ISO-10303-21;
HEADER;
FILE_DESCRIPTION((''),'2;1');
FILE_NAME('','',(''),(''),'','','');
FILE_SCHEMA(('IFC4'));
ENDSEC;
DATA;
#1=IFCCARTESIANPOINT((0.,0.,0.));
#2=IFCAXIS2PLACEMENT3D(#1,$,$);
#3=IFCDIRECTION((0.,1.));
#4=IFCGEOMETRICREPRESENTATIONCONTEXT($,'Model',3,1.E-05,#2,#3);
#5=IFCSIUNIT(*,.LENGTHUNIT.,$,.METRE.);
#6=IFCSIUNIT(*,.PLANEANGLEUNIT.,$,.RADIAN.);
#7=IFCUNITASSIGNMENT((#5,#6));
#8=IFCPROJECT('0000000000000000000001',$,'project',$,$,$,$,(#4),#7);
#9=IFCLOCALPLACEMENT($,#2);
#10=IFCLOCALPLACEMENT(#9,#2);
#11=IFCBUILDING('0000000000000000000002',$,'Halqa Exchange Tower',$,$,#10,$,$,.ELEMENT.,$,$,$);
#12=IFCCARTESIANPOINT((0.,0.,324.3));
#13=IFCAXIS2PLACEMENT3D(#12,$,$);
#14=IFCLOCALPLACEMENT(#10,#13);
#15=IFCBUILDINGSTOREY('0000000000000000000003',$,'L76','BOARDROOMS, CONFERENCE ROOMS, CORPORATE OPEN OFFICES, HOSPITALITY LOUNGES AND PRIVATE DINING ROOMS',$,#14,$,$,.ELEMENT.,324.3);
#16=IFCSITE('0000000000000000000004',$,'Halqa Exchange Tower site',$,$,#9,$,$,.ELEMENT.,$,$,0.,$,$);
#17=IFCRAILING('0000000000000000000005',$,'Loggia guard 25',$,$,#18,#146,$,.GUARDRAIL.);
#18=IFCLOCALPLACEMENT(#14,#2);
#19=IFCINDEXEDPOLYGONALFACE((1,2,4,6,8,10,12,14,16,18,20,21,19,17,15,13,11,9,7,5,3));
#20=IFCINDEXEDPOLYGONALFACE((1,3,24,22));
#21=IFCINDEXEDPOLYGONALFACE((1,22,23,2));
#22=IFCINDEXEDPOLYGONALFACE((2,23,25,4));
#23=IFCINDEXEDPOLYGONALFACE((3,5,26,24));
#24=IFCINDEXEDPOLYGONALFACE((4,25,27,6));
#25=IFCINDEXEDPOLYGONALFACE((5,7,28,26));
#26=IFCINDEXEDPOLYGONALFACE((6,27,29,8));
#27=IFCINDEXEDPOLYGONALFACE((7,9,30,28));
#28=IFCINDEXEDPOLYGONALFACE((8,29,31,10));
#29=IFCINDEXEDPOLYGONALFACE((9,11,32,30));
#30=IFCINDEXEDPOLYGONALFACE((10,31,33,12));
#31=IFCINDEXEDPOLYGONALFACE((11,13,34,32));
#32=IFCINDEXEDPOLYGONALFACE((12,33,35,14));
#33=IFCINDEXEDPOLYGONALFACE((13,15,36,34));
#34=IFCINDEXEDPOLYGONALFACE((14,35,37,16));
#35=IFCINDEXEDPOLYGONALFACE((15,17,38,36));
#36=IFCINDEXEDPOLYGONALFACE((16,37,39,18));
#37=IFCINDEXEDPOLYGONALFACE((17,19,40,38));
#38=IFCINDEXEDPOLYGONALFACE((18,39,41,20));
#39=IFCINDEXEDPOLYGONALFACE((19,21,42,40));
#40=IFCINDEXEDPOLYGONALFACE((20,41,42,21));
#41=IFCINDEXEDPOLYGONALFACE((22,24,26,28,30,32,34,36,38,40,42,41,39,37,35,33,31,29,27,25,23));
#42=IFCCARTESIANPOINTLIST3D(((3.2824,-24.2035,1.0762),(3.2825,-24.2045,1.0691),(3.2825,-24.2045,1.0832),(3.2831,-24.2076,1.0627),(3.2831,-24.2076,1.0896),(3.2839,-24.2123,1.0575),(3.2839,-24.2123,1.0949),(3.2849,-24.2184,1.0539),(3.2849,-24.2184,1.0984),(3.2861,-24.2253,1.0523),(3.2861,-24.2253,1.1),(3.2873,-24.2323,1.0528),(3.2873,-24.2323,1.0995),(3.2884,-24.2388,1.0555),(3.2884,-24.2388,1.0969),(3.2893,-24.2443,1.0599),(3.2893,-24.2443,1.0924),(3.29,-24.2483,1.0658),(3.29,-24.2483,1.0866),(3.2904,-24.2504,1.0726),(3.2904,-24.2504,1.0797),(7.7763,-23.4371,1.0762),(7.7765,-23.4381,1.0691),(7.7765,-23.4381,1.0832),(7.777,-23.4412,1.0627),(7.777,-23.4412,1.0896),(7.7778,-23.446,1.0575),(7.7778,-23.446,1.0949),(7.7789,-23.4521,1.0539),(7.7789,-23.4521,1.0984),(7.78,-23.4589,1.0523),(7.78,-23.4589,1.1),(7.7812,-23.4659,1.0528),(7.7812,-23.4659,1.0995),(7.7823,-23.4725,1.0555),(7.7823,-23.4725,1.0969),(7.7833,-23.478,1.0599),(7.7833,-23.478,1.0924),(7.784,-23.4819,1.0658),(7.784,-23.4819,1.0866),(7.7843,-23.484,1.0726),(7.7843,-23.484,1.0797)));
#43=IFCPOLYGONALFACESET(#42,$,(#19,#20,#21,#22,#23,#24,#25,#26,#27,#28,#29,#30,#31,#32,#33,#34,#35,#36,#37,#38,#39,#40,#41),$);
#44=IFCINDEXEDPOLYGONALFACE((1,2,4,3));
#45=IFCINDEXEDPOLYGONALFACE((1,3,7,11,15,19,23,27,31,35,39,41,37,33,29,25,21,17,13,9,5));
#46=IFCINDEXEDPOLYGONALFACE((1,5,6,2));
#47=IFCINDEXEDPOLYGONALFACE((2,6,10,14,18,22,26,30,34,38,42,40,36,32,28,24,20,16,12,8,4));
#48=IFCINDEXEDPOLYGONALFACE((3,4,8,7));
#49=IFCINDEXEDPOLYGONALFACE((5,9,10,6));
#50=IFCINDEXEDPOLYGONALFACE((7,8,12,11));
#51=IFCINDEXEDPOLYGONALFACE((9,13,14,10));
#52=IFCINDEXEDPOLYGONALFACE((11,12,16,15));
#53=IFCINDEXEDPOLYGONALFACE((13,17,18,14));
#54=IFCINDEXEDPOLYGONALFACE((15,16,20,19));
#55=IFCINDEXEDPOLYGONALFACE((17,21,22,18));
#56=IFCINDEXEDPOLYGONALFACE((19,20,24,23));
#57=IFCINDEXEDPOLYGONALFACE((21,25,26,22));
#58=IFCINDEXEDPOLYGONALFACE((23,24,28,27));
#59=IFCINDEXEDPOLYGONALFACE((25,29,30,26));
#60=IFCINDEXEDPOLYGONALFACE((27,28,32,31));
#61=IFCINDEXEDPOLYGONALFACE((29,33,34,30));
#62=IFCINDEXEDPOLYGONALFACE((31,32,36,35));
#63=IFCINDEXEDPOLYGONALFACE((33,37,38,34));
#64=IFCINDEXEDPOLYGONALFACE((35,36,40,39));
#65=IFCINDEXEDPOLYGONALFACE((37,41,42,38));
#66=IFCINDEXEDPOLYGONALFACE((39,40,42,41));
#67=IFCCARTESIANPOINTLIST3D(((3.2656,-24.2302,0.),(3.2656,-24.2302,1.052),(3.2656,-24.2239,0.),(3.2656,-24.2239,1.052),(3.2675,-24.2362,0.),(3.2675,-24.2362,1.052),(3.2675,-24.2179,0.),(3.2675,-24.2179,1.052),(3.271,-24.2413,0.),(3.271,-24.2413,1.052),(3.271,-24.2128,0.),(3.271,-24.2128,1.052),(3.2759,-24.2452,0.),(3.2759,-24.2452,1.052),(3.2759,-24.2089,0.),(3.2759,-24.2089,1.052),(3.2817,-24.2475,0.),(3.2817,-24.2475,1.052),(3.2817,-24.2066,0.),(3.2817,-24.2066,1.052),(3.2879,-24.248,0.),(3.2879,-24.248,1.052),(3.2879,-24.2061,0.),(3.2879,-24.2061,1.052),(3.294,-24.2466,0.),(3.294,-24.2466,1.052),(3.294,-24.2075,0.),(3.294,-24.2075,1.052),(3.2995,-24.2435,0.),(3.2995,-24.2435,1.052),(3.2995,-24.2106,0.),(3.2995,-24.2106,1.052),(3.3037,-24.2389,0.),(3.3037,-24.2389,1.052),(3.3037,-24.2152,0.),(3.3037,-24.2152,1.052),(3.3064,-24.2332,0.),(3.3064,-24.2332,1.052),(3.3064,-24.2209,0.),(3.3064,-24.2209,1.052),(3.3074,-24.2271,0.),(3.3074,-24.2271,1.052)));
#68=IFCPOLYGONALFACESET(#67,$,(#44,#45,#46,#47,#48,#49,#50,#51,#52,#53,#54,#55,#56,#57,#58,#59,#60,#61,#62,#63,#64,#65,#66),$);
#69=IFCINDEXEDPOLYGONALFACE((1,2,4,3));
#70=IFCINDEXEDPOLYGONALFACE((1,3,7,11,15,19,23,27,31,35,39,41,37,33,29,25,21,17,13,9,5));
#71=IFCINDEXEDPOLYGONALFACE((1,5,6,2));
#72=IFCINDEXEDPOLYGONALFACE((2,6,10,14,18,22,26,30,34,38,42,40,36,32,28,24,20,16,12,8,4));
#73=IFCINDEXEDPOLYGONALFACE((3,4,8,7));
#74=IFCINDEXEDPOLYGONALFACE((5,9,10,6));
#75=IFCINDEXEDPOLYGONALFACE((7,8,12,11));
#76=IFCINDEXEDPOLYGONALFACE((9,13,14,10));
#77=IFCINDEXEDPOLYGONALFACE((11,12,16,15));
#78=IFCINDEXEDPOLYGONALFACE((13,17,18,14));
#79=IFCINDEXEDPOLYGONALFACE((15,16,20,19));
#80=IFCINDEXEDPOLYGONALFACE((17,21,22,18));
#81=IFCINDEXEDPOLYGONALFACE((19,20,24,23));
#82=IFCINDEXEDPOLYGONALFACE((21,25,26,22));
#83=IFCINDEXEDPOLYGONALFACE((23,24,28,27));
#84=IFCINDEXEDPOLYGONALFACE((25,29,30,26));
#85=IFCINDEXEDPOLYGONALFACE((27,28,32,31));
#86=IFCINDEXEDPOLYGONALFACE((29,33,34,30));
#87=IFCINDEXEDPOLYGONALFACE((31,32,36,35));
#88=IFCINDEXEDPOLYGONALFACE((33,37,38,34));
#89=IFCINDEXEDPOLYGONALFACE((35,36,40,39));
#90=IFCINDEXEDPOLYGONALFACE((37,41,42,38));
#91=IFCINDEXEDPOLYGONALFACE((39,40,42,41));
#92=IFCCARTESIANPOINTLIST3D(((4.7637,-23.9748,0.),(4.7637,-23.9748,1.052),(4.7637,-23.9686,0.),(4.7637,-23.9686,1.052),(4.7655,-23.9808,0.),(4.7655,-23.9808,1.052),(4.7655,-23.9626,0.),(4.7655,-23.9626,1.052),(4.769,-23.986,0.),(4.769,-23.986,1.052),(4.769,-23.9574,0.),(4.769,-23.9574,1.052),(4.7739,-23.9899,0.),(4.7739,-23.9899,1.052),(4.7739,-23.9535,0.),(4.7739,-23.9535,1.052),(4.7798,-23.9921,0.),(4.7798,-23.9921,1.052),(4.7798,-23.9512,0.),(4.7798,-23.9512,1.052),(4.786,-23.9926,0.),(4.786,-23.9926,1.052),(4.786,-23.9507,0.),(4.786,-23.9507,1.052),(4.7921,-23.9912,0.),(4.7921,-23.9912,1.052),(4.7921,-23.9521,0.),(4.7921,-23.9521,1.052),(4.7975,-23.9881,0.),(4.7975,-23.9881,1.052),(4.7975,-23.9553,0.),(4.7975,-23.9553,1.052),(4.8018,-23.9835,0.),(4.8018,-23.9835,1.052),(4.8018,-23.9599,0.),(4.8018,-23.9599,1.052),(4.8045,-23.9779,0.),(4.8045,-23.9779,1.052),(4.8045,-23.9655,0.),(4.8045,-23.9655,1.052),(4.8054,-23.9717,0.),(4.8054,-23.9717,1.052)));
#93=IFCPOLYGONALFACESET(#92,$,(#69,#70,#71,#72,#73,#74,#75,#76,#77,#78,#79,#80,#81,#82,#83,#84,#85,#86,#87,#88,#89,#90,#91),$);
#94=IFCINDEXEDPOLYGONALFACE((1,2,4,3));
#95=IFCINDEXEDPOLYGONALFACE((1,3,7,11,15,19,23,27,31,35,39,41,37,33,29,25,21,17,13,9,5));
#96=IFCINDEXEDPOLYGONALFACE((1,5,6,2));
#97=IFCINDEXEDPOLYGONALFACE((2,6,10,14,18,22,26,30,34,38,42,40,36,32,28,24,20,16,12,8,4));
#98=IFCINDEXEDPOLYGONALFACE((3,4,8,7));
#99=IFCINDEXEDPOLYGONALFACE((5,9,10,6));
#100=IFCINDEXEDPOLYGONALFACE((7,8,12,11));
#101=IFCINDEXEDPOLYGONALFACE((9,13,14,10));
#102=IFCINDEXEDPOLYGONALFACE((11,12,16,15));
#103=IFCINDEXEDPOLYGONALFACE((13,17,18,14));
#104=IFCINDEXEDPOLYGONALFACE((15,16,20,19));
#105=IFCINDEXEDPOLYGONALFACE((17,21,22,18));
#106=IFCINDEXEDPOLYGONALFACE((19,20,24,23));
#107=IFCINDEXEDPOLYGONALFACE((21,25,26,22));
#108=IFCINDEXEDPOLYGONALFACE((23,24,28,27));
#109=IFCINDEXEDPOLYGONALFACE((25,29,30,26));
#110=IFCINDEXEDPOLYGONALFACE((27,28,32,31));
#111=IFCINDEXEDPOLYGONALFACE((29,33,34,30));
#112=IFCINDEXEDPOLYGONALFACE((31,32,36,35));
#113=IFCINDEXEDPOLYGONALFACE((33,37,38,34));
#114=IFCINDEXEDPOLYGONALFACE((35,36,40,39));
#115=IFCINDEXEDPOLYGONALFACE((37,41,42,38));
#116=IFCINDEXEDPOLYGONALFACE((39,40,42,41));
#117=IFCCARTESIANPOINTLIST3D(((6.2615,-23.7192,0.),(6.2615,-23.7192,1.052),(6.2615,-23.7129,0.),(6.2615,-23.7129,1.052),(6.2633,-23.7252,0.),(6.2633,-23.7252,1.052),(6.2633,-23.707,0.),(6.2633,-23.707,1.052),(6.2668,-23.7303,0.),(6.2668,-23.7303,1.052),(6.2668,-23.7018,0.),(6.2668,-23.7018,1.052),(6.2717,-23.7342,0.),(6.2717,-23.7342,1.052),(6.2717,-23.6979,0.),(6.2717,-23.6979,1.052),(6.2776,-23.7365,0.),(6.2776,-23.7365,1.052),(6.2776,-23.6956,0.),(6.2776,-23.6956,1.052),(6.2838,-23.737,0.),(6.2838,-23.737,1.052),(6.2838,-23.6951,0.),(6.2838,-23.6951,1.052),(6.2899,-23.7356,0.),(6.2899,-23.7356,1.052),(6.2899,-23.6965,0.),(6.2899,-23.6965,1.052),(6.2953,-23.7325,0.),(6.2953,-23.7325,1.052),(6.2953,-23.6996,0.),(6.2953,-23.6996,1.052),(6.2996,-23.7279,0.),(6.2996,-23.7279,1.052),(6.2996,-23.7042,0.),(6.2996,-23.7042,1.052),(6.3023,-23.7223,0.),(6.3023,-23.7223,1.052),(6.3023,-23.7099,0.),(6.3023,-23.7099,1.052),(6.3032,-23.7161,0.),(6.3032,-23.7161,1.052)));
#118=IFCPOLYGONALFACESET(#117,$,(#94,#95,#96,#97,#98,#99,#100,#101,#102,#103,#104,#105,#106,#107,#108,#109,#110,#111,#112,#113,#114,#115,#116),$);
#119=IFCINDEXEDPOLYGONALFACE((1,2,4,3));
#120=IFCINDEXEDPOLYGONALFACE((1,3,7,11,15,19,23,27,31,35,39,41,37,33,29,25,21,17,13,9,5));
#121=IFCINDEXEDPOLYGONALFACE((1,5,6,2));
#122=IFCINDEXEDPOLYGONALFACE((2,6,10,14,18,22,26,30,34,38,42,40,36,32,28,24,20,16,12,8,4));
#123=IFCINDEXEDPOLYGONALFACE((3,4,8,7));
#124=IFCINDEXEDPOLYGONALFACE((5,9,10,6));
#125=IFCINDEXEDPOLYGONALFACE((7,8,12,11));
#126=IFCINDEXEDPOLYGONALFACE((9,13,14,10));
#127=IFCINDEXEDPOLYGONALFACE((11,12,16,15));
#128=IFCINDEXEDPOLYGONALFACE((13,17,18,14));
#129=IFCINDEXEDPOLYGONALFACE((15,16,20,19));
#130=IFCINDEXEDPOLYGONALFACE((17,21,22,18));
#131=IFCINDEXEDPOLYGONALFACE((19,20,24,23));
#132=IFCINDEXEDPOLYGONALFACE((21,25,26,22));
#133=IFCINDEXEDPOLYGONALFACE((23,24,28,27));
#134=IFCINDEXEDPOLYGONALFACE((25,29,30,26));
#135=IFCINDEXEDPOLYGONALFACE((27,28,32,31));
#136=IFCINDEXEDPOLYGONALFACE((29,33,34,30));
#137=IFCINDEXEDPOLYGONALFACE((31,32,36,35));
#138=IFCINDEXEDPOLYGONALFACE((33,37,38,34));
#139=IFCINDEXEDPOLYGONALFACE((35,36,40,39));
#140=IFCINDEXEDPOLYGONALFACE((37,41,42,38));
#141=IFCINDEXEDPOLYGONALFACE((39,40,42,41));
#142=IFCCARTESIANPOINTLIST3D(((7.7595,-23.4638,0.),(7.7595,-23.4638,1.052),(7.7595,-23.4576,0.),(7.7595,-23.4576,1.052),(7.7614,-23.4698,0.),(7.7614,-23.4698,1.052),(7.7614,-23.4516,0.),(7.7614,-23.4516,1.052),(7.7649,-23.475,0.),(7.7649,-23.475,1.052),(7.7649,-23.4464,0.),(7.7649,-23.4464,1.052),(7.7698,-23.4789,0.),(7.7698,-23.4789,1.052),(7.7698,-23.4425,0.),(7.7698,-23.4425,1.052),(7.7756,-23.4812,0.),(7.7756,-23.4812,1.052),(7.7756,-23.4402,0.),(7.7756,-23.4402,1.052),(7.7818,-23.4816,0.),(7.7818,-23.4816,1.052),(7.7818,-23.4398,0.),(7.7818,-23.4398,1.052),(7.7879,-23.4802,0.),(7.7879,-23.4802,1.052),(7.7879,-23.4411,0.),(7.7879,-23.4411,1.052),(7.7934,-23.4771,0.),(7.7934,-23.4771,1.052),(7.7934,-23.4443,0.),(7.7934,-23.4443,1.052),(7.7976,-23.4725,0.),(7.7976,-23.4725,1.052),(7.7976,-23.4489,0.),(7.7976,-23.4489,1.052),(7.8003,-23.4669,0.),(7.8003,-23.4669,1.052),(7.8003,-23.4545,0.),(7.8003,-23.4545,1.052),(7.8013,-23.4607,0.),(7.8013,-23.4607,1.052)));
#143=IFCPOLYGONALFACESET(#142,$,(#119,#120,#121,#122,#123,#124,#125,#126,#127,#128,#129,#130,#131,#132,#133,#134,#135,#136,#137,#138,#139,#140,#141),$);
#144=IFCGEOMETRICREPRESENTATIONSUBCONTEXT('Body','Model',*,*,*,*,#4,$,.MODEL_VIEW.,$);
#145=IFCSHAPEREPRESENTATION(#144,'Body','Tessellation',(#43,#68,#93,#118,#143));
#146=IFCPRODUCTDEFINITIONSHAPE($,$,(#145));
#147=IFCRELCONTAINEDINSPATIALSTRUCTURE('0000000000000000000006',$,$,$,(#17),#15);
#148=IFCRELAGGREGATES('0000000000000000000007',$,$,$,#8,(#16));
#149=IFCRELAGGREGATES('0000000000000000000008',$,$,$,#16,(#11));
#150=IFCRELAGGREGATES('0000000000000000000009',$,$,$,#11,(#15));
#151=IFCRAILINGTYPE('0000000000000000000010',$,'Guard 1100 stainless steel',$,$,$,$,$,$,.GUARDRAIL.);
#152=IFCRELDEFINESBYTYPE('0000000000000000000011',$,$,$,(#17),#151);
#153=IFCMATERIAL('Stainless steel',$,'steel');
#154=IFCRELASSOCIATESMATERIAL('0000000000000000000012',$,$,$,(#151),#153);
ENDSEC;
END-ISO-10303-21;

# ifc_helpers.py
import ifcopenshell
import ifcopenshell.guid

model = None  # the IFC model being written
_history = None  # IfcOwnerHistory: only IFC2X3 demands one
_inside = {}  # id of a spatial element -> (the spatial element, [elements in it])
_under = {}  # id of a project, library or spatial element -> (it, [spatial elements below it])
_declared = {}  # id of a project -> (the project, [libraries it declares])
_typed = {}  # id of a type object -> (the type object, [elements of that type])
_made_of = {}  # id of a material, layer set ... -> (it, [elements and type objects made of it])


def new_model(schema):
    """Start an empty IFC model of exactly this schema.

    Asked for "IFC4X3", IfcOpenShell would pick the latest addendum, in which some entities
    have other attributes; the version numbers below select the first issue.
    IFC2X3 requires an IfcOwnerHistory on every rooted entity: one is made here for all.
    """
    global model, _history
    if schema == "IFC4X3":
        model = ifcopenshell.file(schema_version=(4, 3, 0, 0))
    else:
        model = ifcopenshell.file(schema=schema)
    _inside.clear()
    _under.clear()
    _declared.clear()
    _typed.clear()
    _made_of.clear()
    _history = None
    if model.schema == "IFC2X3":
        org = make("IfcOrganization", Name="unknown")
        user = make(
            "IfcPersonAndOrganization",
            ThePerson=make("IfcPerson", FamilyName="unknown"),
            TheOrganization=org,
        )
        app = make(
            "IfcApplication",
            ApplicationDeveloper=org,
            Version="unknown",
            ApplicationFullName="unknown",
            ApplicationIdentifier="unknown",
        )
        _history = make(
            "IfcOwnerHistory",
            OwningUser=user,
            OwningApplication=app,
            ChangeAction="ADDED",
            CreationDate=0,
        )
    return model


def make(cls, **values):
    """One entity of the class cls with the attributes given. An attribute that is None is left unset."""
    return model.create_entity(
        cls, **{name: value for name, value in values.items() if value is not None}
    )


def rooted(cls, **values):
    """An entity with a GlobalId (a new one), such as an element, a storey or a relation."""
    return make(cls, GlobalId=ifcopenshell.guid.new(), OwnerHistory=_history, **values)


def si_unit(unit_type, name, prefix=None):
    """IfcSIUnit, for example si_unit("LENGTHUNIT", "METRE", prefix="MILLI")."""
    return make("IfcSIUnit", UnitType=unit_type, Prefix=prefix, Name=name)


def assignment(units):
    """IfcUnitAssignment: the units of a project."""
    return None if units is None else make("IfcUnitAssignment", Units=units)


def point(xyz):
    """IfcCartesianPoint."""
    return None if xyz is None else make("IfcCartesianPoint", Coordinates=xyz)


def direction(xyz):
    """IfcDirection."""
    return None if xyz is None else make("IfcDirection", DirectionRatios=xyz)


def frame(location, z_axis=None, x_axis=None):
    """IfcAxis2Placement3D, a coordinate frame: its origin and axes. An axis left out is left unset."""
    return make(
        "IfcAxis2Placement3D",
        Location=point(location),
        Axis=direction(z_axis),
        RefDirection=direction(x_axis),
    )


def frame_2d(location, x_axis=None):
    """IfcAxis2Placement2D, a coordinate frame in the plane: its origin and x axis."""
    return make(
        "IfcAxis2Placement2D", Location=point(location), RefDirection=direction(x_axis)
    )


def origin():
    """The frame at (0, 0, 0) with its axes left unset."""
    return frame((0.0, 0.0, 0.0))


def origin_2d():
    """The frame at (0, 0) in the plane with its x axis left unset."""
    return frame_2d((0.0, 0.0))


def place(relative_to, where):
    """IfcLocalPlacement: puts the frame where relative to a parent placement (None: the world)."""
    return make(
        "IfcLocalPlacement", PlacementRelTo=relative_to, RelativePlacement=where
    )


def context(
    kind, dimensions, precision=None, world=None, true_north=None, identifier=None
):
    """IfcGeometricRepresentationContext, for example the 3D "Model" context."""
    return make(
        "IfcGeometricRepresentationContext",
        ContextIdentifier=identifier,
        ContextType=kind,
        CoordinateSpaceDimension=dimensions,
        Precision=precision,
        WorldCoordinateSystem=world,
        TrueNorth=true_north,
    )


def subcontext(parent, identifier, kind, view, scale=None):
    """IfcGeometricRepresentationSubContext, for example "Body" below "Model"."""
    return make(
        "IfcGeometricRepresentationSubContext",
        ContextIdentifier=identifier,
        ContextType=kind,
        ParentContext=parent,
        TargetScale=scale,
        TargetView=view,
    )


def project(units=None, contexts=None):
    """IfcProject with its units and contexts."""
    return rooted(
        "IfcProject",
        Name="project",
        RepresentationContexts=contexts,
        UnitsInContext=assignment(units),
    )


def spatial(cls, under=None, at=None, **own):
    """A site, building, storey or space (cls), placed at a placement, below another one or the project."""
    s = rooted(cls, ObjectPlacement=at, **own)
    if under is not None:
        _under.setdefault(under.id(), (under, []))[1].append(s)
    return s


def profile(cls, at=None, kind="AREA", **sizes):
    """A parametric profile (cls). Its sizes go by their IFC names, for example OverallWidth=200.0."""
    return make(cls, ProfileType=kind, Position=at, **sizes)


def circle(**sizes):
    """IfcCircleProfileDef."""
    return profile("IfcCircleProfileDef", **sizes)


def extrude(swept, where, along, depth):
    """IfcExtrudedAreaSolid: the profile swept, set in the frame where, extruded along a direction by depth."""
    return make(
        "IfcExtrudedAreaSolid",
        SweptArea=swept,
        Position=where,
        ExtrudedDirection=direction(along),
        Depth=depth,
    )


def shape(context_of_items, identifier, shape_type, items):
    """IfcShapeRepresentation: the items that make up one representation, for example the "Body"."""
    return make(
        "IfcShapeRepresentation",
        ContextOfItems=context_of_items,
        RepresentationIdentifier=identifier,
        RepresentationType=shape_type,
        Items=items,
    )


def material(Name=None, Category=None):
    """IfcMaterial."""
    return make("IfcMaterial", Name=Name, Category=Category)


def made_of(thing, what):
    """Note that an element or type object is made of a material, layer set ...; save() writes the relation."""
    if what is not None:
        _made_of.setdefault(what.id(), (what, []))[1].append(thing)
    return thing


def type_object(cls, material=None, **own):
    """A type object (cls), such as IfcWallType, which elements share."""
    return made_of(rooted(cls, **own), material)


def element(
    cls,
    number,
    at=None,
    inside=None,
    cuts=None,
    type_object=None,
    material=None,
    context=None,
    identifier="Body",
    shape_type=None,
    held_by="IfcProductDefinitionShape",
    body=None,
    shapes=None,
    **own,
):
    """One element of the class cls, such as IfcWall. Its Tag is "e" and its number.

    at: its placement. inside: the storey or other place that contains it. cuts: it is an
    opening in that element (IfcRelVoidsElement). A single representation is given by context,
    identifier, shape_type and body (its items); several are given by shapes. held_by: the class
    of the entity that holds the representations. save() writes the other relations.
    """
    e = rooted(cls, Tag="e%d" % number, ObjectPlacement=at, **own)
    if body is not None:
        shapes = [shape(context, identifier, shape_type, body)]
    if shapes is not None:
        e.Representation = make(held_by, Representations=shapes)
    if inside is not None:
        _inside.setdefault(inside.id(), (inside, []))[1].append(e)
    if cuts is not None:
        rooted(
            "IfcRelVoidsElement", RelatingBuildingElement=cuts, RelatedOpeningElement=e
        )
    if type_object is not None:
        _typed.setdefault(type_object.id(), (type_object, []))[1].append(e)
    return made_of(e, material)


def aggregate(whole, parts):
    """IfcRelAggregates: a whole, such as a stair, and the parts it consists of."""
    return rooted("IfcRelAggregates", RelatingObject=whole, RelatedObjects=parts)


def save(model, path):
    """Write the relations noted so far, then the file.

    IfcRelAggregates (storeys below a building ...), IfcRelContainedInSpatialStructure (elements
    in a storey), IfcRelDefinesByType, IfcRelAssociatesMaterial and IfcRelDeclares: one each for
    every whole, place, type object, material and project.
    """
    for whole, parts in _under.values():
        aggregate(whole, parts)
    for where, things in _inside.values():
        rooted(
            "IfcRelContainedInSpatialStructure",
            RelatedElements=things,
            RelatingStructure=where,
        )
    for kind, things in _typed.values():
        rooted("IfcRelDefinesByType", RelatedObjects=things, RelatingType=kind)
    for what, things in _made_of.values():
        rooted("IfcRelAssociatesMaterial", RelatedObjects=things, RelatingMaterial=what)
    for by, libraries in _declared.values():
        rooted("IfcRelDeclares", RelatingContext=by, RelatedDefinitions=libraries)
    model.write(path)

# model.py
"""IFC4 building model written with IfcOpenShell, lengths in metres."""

from ifc_helpers import new_model, si_unit, direction, frame, origin, origin_2d, place, context, subcontext, project, spatial, circle, extrude, material, type_object, element, save


model = new_model("IFC4")

# Units and contexts
model_context = context("Model", 3, precision=1e-05, world=origin(), true_north=direction((0.0, 1.0)))
body_context = subcontext(model_context, "Body", "Model", "MODEL_VIEW")
ifc_project = project(units=[si_unit("LENGTHUNIT", "METRE"), si_unit("PLANEANGLEUNIT", "RADIAN")], contexts=[model_context])

# Site, building, storey
site_placement = place(None, origin())
site = spatial("IfcSite", under=ifc_project, at=site_placement, Name="Halqa Exchange Tower site", CompositionType="ELEMENT", RefElevation=0.0)
building_placement = place(site_placement, origin())
building = spatial("IfcBuilding", under=site, at=building_placement, Name="Halqa Exchange Tower", CompositionType="ELEMENT")
storey_placement = place(building_placement, frame((0.0, 0.0, 324.3)))
storey = spatial("IfcBuildingStorey", under=building, at=storey_placement, Name="L76", Description="BOARDROOMS, CONFERENCE ROOMS, CORPORATE OPEN OFFICES, HOSPITALITY LOUNGES AND PRIVATE DINING ROOMS", CompositionType="ELEMENT", Elevation=324.3)

# Railing
ifc_material_1 = material(Name="Stainless steel", Category="steel")
railing_type = type_object("IfcRailingType", Name="Guard 1100 stainless steel", PredefinedType="GUARDRAIL", material=ifc_material_1)
railing_1_placement = place(storey_placement, frame((3.2864, -24.2271, 0.0)))
element("IfcRailing", 1, at=railing_1_placement, inside=storey, type_object=railing_type, Name="Loggia guard 25", PredefinedType="GUARDRAIL", context=body_context, shape_type="SweptSolid", body=[
    extrude(circle(Radius=0.0239, at=origin_2d()), frame((0.0, 0.0, 1.0762), z_axis=(0.985769, 0.168106, 0.0), x_axis=(-0.168106, 0.985769, 0.0)), (0.0, 0.0, 1.0), 4.5588),
    extrude(circle(Radius=0.021, at=origin_2d()), origin(), (0.0, 0.0, 1.0), 1.052),
    extrude(circle(Radius=0.021, at=origin_2d()), frame((1.498, 0.2554, 0.0)), (0.0, 0.0, 1.0), 1.052),
    extrude(circle(Radius=0.021, at=origin_2d()), frame((2.9958, 0.511, 0.0)), (0.0, 0.0, 1.0), 1.052),
    extrude(circle(Radius=0.021, at=origin_2d()), frame((4.4939, 0.7664, 0.0)), (0.0, 0.0, 1.0), 1.052),
])

save(model, "model.ifc")
